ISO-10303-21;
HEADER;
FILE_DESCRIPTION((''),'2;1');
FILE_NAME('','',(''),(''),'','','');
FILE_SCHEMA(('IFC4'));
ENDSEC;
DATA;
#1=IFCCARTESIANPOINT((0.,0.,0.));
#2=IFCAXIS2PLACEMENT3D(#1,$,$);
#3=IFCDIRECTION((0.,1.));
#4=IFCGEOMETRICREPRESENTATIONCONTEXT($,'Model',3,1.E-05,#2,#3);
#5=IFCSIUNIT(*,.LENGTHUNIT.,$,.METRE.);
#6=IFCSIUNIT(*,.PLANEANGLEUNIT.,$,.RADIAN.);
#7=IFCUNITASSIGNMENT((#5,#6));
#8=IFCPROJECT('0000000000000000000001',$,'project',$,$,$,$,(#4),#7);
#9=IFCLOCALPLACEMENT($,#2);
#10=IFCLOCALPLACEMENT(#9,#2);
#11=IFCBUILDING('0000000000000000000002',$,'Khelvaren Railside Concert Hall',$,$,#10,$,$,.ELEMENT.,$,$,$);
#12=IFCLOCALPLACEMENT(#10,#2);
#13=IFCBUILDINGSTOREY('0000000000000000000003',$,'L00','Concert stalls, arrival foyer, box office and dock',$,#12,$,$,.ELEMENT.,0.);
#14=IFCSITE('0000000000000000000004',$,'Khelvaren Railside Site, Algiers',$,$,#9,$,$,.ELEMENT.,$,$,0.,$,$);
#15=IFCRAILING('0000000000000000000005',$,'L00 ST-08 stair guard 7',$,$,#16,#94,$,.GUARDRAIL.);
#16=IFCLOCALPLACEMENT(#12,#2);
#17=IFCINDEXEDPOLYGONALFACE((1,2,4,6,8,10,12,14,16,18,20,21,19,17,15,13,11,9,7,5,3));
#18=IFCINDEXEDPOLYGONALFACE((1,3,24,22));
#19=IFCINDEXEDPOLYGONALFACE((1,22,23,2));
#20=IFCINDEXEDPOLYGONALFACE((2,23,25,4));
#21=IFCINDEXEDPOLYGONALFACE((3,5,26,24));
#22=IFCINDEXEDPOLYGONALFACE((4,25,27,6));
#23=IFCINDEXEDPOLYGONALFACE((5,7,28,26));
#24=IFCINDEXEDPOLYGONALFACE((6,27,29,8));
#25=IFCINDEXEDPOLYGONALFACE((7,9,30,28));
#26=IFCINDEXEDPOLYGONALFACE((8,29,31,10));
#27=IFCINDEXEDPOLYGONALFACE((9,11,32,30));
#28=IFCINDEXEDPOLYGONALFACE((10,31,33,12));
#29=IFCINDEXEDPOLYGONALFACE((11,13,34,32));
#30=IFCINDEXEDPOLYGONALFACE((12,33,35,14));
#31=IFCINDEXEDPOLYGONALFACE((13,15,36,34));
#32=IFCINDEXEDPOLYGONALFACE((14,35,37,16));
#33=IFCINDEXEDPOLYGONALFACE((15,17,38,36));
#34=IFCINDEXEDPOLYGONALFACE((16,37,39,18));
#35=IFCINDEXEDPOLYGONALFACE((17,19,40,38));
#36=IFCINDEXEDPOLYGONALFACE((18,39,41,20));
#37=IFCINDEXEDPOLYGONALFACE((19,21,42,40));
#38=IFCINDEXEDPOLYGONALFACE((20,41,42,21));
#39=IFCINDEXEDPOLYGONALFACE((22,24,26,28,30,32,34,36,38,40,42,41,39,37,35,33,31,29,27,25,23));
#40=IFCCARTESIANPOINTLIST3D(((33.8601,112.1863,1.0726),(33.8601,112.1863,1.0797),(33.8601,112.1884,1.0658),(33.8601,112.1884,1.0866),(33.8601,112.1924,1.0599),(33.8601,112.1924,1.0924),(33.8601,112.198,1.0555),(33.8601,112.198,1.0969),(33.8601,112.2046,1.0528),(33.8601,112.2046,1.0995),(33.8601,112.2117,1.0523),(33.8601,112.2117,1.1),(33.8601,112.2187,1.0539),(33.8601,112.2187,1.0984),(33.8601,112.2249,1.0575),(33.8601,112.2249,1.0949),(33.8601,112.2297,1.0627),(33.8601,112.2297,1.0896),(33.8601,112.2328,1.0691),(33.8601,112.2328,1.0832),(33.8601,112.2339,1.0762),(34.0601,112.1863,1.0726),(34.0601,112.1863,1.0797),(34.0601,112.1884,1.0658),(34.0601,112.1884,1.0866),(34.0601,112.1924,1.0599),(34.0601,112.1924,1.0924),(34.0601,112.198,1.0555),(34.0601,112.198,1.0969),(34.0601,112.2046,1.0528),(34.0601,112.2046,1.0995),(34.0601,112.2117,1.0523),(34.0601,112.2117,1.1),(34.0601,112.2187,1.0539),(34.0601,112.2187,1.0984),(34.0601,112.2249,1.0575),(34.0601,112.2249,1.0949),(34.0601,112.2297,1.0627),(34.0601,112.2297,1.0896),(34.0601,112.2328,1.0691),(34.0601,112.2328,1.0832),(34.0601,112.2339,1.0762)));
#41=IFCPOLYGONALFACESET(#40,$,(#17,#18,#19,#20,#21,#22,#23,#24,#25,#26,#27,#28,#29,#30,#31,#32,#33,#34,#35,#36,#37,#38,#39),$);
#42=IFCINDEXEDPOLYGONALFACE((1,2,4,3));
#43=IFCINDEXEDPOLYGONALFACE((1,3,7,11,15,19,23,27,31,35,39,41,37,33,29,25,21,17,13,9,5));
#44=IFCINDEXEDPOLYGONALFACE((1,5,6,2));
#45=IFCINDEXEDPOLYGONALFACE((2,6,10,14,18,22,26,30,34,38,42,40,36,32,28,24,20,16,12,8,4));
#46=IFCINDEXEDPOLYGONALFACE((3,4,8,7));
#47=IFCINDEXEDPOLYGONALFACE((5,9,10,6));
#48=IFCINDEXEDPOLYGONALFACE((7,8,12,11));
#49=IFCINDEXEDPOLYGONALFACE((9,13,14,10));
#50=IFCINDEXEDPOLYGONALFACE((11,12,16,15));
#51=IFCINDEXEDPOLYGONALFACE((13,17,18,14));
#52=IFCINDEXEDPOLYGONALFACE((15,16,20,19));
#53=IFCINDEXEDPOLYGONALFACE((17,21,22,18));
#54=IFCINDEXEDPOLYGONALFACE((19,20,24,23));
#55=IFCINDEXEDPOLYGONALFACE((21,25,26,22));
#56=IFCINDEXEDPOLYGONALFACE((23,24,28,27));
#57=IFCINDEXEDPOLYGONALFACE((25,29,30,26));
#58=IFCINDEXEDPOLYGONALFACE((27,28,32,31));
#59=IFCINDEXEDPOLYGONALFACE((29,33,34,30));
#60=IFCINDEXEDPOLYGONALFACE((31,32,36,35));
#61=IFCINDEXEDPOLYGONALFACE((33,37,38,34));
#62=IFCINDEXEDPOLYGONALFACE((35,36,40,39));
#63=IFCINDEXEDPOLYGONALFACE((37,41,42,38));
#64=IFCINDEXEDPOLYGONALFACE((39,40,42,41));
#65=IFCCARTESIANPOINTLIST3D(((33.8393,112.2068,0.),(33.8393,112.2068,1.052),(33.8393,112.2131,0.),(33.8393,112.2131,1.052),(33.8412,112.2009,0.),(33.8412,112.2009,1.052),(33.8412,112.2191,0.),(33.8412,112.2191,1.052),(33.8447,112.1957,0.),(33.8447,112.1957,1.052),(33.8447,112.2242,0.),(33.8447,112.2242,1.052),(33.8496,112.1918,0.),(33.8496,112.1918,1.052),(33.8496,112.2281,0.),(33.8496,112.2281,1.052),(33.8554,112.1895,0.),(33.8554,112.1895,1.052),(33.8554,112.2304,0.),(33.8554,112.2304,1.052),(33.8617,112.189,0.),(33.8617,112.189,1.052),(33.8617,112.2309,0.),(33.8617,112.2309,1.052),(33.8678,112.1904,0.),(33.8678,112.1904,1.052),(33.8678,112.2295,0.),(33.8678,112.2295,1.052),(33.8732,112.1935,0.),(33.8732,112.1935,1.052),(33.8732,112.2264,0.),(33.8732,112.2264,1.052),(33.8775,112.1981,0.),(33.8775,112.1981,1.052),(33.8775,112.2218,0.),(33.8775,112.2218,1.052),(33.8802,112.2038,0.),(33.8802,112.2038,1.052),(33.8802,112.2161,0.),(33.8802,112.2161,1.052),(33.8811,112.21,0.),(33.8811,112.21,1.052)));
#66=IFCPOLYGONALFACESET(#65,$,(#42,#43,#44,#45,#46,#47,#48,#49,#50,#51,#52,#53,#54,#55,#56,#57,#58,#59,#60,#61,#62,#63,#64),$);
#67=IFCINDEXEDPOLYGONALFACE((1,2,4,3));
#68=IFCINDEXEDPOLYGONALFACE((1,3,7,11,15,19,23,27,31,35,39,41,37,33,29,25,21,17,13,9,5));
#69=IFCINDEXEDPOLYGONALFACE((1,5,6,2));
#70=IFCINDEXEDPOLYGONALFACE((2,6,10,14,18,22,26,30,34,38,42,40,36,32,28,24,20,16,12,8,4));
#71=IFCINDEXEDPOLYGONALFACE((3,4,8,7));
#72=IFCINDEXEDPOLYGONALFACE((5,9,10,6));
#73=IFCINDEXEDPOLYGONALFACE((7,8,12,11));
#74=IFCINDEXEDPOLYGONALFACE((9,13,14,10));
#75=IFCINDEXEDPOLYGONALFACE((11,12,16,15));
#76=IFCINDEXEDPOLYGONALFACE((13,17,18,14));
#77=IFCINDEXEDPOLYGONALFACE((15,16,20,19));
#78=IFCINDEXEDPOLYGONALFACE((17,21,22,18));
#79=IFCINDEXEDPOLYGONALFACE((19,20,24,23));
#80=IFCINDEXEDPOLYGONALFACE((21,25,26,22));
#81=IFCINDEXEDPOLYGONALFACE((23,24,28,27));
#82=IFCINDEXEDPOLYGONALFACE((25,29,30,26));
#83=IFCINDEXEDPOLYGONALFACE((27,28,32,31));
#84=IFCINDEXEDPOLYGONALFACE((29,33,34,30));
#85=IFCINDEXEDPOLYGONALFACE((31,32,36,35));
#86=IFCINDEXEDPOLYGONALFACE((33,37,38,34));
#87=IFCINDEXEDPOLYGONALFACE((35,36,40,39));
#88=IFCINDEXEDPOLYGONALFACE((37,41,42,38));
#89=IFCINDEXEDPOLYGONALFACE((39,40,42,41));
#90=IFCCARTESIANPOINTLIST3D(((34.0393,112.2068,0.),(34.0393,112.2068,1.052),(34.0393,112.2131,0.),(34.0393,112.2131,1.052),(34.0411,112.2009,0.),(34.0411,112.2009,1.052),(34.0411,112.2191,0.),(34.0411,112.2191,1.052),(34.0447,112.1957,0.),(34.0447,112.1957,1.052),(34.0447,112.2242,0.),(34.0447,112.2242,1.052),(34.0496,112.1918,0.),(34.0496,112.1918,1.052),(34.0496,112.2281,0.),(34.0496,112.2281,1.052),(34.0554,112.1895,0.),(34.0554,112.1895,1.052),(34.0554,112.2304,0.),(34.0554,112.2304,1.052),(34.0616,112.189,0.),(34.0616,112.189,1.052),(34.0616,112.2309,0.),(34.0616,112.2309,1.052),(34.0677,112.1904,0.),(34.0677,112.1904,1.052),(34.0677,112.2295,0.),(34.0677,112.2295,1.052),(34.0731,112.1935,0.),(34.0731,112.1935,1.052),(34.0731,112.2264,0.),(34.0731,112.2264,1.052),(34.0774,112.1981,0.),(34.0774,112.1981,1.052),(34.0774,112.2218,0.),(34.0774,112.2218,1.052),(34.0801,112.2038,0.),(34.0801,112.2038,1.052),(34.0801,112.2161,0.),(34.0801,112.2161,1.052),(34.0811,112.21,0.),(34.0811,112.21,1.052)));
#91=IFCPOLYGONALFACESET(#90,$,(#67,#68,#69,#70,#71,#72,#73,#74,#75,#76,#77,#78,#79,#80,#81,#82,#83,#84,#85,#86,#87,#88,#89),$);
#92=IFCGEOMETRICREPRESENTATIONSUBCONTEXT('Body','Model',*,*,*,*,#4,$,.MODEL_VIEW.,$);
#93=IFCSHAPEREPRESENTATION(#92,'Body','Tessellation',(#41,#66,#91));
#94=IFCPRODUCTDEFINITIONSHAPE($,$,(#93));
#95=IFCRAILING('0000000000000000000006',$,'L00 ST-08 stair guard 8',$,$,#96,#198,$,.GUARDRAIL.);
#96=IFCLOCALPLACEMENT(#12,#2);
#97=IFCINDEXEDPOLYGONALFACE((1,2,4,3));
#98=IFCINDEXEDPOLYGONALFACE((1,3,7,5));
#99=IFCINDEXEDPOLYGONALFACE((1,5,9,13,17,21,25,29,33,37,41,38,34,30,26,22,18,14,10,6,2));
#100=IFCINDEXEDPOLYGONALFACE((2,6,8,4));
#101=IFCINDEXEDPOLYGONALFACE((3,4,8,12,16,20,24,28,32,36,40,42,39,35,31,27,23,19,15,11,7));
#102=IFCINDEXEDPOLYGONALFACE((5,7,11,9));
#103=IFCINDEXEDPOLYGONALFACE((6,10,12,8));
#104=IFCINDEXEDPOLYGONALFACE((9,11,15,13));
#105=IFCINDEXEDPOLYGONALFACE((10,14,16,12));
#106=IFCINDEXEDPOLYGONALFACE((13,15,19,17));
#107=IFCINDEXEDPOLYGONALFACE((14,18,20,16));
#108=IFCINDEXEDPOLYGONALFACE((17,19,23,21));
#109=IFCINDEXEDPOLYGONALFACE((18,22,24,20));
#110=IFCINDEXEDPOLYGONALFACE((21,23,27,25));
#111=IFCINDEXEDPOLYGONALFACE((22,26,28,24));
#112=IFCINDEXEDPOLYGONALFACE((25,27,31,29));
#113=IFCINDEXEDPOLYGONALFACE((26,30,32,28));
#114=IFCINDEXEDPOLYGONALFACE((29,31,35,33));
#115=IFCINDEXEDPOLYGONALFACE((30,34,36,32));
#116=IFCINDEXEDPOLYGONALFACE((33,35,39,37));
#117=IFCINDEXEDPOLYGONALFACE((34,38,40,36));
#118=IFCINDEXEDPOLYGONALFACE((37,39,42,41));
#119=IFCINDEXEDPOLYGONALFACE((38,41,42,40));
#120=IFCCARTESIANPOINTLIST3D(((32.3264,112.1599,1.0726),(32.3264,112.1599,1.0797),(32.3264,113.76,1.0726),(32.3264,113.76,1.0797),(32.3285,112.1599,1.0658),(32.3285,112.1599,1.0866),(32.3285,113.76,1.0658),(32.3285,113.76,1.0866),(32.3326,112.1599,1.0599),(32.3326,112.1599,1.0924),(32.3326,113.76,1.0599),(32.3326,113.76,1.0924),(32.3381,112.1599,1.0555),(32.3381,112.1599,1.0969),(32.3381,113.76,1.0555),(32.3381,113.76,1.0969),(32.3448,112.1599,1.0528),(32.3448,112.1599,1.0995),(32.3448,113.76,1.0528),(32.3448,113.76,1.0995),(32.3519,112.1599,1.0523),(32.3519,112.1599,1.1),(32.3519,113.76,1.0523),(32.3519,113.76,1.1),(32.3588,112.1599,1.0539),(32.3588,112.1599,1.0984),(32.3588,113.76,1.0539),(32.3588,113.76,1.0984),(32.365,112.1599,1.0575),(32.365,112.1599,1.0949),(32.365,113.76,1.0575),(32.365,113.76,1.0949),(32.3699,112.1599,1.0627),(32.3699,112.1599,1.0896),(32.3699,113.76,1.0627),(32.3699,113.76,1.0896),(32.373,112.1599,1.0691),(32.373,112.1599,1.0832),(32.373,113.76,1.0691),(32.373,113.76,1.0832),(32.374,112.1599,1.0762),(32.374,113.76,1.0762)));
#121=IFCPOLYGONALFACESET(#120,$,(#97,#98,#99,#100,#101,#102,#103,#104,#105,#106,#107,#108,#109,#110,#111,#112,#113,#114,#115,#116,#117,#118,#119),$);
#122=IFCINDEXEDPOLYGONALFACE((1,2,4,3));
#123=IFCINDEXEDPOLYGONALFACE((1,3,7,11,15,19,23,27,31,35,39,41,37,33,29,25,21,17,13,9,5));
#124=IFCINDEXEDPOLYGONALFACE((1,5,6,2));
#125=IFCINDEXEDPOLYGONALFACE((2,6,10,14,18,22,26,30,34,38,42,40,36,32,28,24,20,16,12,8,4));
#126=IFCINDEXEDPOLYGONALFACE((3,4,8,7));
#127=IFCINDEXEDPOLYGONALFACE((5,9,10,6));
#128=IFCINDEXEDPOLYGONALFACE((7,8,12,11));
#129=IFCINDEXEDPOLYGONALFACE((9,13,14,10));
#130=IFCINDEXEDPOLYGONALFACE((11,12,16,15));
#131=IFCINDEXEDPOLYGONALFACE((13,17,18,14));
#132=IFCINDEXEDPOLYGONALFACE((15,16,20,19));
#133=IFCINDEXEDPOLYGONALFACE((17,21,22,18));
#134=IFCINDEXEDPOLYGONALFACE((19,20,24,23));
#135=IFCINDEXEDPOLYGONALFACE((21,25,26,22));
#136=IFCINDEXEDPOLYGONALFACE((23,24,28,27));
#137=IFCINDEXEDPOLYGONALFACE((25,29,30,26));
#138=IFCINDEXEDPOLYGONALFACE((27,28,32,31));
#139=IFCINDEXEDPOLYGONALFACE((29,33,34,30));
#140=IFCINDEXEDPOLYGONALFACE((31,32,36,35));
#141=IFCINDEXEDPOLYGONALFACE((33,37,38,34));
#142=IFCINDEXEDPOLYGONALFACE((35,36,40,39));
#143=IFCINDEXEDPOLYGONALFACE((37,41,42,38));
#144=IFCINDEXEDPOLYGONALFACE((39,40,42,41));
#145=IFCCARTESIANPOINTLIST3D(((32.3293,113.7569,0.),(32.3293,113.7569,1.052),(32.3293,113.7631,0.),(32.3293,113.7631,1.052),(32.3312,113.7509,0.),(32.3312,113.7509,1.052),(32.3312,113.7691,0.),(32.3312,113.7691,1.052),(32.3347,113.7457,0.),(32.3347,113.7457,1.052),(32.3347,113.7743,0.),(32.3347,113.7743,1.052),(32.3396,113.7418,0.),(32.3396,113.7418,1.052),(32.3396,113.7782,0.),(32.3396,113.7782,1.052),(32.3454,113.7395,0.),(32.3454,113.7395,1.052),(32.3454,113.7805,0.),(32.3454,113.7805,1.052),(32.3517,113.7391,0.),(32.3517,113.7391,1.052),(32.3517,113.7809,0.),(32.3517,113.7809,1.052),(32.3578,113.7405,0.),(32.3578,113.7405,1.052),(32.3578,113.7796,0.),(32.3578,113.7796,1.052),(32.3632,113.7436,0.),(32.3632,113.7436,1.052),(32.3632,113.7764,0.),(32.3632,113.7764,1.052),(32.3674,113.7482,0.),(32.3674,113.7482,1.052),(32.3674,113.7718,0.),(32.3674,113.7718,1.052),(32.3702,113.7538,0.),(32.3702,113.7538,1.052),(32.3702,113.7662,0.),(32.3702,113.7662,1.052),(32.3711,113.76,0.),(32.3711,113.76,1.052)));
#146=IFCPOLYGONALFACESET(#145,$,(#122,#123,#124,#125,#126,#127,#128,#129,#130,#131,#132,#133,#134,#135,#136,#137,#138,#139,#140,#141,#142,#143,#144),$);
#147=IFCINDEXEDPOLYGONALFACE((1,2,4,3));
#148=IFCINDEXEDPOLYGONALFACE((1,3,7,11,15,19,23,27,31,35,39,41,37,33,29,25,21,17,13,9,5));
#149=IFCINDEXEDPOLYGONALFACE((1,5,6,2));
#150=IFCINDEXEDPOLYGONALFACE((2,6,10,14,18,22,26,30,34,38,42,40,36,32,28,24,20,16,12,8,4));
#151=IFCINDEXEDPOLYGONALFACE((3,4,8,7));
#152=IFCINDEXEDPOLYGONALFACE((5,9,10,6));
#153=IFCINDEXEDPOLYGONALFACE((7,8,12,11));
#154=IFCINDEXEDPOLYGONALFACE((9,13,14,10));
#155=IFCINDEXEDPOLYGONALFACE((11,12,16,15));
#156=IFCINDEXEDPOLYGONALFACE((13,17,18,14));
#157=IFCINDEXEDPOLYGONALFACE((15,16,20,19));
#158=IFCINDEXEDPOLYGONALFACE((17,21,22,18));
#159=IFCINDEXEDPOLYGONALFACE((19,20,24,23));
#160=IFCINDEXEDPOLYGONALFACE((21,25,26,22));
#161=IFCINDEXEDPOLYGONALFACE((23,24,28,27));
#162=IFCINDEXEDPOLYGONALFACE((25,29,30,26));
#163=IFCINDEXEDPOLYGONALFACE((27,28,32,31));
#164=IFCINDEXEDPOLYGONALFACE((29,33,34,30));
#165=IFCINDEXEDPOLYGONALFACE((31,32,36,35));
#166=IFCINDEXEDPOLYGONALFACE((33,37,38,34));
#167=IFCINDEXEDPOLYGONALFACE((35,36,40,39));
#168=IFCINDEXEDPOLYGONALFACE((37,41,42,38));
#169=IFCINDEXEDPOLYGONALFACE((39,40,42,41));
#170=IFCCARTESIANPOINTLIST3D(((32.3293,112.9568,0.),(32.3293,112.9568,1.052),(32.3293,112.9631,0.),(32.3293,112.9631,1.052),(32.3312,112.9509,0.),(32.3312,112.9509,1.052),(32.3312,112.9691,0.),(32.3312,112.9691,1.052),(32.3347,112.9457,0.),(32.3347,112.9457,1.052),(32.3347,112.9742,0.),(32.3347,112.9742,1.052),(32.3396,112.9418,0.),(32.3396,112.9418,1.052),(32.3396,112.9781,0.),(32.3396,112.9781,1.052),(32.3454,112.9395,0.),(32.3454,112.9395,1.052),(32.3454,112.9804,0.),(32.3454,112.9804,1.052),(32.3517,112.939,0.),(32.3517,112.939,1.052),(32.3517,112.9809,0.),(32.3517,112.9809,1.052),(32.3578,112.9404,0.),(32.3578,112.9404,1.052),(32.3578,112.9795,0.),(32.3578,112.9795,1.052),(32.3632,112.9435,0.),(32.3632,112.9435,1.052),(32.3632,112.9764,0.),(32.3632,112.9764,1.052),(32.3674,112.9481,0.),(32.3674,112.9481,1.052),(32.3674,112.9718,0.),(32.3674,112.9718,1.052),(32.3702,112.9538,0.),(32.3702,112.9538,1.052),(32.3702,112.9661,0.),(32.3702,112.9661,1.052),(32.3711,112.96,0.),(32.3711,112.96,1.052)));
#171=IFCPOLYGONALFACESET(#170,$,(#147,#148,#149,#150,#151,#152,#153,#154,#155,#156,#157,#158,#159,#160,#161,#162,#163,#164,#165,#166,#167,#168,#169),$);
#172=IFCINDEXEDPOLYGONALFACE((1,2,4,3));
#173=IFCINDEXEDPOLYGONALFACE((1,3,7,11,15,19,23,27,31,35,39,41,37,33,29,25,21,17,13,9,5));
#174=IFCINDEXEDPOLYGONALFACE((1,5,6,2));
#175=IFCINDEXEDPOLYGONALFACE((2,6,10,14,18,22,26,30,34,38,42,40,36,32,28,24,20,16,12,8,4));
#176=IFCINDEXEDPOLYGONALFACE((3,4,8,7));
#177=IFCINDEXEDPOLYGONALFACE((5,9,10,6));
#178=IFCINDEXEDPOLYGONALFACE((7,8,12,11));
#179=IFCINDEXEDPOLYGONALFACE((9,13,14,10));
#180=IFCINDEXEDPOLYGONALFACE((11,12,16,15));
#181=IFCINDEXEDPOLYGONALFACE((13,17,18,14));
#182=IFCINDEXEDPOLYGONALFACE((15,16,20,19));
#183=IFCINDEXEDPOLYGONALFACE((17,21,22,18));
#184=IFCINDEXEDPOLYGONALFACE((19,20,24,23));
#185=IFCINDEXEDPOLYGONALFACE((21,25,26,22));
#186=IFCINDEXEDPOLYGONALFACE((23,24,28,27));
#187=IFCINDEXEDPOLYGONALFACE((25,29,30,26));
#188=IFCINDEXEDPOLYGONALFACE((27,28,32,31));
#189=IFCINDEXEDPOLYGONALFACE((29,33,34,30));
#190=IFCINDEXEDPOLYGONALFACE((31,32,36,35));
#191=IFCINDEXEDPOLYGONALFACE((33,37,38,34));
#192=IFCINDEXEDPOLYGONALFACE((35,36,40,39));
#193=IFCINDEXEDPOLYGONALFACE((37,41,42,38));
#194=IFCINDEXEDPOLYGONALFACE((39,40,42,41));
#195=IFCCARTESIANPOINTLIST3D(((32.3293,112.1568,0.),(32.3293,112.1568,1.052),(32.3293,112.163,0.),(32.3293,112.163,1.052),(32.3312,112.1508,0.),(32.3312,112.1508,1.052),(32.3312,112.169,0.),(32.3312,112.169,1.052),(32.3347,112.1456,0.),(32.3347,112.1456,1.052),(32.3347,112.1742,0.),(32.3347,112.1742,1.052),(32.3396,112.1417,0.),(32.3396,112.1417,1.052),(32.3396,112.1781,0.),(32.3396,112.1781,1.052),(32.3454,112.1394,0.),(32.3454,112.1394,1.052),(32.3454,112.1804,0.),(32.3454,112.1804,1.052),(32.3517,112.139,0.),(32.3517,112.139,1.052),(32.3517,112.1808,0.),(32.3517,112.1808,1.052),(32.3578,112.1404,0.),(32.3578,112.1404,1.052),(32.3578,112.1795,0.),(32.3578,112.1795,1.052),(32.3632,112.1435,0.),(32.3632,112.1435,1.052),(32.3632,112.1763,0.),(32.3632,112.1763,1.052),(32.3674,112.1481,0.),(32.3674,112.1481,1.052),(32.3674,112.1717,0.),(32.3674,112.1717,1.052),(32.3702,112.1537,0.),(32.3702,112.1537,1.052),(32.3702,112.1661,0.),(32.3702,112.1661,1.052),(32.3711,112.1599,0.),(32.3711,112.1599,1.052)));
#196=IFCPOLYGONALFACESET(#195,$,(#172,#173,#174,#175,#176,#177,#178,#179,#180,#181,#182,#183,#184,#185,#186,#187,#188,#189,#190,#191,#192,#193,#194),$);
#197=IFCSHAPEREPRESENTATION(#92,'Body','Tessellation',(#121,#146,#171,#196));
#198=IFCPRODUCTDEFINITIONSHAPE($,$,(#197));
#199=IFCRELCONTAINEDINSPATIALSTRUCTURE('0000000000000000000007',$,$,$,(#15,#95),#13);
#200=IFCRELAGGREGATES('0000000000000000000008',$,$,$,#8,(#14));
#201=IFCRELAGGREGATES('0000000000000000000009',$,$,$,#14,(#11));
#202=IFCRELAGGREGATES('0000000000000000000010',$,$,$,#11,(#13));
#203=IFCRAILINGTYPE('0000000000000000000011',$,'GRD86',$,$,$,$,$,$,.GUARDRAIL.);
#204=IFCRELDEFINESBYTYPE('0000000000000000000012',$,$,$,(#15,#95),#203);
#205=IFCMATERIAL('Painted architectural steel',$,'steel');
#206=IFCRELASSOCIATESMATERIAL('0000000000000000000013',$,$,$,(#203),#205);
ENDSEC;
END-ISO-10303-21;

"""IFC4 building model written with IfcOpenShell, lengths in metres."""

from ifc_helpers import new_model, si_unit, direction, frame, origin, origin_2d, place, context, subcontext, project, spatial, circle, extrude, material, type_object, element, save


model = new_model("IFC4")

# Units and contexts
model_context = context("Model", 3, precision=1e-05, world=origin(), true_north=direction((0.0, 1.0)))
body_context = subcontext(model_context, "Body", "Model", "MODEL_VIEW")
ifc_project = project(units=[si_unit("LENGTHUNIT", "METRE"), si_unit("PLANEANGLEUNIT", "RADIAN")], contexts=[model_context])

# Site, building, storey
site_placement = place(None, origin())
site = spatial("IfcSite", under=ifc_project, at=site_placement, Name="Khelvaren Railside Site, Algiers", CompositionType="ELEMENT", RefElevation=0.0)
building_placement = place(site_placement, origin())
building = spatial("IfcBuilding", under=site, at=building_placement, Name="Khelvaren Railside Concert Hall", CompositionType="ELEMENT")
storey_placement = place(building_placement, origin())
storey = spatial("IfcBuildingStorey", under=building, at=storey_placement, Name="L00", Description="Concert stalls, arrival foyer, box office and dock", CompositionType="ELEMENT", Elevation=0.0)

# Railings
ifc_material_1 = material(Name="Painted architectural steel", Category="steel")
railing_type_1 = type_object("IfcRailingType", Name="GRD86", PredefinedType="GUARDRAIL", material=ifc_material_1)
railing_1_placement = place(storey_placement, frame((33.8601, 112.21, 0.0)))
element("IfcRailing", 1, at=railing_1_placement, inside=storey, type_object=railing_type_1, Name="L00 ST-08 stair guard 7", PredefinedType="GUARDRAIL", context=body_context, shape_type="SweptSolid", body=[
    extrude(circle(Radius=0.0239, at=origin_2d()), frame((0.0, 0.0, 1.0762), z_axis=(1.0, 0.0, 0.0), x_axis=(0.0, 1.0, 0.0)), (0.0, 0.0, 1.0), 0.2),
    extrude(circle(Radius=0.021, at=origin_2d()), origin(), (0.0, 0.0, 1.0), 1.052),
    extrude(circle(Radius=0.021, at=origin_2d()), frame((0.2, 0.0, 0.0)), (0.0, 0.0, 1.0), 1.052),
])
for number, where, name in (
    (2, (32.3501, 113.76, 0.0), "L00 ST-08 stair guard 8"),
):
    element("IfcRailing", number, at=place(storey_placement, frame(where)), inside=storey, type_object=railing_type_1, Name=name, PredefinedType="GUARDRAIL", context=body_context, shape_type="SweptSolid", body=[
        extrude(circle(Radius=0.0239, at=origin_2d()), frame((0.0, 0.0, 1.0762), z_axis=(0.0, -1.0, 0.0), x_axis=(1.0, 0.0, 0.0)), (0.0, 0.0, 1.0), 1.6001),
        extrude(circle(Radius=0.021, at=origin_2d()), origin(), (0.0, 0.0, 1.0), 1.052),
        extrude(circle(Radius=0.021, at=origin_2d()), frame((0.0, -0.8, 0.0)), (0.0, 0.0, 1.0), 1.052),
        extrude(circle(Radius=0.021, at=origin_2d()), frame((0.0, -1.6001, 0.0)), (0.0, 0.0, 1.0), 1.052),
    ])

save(model, "model.ifc")
